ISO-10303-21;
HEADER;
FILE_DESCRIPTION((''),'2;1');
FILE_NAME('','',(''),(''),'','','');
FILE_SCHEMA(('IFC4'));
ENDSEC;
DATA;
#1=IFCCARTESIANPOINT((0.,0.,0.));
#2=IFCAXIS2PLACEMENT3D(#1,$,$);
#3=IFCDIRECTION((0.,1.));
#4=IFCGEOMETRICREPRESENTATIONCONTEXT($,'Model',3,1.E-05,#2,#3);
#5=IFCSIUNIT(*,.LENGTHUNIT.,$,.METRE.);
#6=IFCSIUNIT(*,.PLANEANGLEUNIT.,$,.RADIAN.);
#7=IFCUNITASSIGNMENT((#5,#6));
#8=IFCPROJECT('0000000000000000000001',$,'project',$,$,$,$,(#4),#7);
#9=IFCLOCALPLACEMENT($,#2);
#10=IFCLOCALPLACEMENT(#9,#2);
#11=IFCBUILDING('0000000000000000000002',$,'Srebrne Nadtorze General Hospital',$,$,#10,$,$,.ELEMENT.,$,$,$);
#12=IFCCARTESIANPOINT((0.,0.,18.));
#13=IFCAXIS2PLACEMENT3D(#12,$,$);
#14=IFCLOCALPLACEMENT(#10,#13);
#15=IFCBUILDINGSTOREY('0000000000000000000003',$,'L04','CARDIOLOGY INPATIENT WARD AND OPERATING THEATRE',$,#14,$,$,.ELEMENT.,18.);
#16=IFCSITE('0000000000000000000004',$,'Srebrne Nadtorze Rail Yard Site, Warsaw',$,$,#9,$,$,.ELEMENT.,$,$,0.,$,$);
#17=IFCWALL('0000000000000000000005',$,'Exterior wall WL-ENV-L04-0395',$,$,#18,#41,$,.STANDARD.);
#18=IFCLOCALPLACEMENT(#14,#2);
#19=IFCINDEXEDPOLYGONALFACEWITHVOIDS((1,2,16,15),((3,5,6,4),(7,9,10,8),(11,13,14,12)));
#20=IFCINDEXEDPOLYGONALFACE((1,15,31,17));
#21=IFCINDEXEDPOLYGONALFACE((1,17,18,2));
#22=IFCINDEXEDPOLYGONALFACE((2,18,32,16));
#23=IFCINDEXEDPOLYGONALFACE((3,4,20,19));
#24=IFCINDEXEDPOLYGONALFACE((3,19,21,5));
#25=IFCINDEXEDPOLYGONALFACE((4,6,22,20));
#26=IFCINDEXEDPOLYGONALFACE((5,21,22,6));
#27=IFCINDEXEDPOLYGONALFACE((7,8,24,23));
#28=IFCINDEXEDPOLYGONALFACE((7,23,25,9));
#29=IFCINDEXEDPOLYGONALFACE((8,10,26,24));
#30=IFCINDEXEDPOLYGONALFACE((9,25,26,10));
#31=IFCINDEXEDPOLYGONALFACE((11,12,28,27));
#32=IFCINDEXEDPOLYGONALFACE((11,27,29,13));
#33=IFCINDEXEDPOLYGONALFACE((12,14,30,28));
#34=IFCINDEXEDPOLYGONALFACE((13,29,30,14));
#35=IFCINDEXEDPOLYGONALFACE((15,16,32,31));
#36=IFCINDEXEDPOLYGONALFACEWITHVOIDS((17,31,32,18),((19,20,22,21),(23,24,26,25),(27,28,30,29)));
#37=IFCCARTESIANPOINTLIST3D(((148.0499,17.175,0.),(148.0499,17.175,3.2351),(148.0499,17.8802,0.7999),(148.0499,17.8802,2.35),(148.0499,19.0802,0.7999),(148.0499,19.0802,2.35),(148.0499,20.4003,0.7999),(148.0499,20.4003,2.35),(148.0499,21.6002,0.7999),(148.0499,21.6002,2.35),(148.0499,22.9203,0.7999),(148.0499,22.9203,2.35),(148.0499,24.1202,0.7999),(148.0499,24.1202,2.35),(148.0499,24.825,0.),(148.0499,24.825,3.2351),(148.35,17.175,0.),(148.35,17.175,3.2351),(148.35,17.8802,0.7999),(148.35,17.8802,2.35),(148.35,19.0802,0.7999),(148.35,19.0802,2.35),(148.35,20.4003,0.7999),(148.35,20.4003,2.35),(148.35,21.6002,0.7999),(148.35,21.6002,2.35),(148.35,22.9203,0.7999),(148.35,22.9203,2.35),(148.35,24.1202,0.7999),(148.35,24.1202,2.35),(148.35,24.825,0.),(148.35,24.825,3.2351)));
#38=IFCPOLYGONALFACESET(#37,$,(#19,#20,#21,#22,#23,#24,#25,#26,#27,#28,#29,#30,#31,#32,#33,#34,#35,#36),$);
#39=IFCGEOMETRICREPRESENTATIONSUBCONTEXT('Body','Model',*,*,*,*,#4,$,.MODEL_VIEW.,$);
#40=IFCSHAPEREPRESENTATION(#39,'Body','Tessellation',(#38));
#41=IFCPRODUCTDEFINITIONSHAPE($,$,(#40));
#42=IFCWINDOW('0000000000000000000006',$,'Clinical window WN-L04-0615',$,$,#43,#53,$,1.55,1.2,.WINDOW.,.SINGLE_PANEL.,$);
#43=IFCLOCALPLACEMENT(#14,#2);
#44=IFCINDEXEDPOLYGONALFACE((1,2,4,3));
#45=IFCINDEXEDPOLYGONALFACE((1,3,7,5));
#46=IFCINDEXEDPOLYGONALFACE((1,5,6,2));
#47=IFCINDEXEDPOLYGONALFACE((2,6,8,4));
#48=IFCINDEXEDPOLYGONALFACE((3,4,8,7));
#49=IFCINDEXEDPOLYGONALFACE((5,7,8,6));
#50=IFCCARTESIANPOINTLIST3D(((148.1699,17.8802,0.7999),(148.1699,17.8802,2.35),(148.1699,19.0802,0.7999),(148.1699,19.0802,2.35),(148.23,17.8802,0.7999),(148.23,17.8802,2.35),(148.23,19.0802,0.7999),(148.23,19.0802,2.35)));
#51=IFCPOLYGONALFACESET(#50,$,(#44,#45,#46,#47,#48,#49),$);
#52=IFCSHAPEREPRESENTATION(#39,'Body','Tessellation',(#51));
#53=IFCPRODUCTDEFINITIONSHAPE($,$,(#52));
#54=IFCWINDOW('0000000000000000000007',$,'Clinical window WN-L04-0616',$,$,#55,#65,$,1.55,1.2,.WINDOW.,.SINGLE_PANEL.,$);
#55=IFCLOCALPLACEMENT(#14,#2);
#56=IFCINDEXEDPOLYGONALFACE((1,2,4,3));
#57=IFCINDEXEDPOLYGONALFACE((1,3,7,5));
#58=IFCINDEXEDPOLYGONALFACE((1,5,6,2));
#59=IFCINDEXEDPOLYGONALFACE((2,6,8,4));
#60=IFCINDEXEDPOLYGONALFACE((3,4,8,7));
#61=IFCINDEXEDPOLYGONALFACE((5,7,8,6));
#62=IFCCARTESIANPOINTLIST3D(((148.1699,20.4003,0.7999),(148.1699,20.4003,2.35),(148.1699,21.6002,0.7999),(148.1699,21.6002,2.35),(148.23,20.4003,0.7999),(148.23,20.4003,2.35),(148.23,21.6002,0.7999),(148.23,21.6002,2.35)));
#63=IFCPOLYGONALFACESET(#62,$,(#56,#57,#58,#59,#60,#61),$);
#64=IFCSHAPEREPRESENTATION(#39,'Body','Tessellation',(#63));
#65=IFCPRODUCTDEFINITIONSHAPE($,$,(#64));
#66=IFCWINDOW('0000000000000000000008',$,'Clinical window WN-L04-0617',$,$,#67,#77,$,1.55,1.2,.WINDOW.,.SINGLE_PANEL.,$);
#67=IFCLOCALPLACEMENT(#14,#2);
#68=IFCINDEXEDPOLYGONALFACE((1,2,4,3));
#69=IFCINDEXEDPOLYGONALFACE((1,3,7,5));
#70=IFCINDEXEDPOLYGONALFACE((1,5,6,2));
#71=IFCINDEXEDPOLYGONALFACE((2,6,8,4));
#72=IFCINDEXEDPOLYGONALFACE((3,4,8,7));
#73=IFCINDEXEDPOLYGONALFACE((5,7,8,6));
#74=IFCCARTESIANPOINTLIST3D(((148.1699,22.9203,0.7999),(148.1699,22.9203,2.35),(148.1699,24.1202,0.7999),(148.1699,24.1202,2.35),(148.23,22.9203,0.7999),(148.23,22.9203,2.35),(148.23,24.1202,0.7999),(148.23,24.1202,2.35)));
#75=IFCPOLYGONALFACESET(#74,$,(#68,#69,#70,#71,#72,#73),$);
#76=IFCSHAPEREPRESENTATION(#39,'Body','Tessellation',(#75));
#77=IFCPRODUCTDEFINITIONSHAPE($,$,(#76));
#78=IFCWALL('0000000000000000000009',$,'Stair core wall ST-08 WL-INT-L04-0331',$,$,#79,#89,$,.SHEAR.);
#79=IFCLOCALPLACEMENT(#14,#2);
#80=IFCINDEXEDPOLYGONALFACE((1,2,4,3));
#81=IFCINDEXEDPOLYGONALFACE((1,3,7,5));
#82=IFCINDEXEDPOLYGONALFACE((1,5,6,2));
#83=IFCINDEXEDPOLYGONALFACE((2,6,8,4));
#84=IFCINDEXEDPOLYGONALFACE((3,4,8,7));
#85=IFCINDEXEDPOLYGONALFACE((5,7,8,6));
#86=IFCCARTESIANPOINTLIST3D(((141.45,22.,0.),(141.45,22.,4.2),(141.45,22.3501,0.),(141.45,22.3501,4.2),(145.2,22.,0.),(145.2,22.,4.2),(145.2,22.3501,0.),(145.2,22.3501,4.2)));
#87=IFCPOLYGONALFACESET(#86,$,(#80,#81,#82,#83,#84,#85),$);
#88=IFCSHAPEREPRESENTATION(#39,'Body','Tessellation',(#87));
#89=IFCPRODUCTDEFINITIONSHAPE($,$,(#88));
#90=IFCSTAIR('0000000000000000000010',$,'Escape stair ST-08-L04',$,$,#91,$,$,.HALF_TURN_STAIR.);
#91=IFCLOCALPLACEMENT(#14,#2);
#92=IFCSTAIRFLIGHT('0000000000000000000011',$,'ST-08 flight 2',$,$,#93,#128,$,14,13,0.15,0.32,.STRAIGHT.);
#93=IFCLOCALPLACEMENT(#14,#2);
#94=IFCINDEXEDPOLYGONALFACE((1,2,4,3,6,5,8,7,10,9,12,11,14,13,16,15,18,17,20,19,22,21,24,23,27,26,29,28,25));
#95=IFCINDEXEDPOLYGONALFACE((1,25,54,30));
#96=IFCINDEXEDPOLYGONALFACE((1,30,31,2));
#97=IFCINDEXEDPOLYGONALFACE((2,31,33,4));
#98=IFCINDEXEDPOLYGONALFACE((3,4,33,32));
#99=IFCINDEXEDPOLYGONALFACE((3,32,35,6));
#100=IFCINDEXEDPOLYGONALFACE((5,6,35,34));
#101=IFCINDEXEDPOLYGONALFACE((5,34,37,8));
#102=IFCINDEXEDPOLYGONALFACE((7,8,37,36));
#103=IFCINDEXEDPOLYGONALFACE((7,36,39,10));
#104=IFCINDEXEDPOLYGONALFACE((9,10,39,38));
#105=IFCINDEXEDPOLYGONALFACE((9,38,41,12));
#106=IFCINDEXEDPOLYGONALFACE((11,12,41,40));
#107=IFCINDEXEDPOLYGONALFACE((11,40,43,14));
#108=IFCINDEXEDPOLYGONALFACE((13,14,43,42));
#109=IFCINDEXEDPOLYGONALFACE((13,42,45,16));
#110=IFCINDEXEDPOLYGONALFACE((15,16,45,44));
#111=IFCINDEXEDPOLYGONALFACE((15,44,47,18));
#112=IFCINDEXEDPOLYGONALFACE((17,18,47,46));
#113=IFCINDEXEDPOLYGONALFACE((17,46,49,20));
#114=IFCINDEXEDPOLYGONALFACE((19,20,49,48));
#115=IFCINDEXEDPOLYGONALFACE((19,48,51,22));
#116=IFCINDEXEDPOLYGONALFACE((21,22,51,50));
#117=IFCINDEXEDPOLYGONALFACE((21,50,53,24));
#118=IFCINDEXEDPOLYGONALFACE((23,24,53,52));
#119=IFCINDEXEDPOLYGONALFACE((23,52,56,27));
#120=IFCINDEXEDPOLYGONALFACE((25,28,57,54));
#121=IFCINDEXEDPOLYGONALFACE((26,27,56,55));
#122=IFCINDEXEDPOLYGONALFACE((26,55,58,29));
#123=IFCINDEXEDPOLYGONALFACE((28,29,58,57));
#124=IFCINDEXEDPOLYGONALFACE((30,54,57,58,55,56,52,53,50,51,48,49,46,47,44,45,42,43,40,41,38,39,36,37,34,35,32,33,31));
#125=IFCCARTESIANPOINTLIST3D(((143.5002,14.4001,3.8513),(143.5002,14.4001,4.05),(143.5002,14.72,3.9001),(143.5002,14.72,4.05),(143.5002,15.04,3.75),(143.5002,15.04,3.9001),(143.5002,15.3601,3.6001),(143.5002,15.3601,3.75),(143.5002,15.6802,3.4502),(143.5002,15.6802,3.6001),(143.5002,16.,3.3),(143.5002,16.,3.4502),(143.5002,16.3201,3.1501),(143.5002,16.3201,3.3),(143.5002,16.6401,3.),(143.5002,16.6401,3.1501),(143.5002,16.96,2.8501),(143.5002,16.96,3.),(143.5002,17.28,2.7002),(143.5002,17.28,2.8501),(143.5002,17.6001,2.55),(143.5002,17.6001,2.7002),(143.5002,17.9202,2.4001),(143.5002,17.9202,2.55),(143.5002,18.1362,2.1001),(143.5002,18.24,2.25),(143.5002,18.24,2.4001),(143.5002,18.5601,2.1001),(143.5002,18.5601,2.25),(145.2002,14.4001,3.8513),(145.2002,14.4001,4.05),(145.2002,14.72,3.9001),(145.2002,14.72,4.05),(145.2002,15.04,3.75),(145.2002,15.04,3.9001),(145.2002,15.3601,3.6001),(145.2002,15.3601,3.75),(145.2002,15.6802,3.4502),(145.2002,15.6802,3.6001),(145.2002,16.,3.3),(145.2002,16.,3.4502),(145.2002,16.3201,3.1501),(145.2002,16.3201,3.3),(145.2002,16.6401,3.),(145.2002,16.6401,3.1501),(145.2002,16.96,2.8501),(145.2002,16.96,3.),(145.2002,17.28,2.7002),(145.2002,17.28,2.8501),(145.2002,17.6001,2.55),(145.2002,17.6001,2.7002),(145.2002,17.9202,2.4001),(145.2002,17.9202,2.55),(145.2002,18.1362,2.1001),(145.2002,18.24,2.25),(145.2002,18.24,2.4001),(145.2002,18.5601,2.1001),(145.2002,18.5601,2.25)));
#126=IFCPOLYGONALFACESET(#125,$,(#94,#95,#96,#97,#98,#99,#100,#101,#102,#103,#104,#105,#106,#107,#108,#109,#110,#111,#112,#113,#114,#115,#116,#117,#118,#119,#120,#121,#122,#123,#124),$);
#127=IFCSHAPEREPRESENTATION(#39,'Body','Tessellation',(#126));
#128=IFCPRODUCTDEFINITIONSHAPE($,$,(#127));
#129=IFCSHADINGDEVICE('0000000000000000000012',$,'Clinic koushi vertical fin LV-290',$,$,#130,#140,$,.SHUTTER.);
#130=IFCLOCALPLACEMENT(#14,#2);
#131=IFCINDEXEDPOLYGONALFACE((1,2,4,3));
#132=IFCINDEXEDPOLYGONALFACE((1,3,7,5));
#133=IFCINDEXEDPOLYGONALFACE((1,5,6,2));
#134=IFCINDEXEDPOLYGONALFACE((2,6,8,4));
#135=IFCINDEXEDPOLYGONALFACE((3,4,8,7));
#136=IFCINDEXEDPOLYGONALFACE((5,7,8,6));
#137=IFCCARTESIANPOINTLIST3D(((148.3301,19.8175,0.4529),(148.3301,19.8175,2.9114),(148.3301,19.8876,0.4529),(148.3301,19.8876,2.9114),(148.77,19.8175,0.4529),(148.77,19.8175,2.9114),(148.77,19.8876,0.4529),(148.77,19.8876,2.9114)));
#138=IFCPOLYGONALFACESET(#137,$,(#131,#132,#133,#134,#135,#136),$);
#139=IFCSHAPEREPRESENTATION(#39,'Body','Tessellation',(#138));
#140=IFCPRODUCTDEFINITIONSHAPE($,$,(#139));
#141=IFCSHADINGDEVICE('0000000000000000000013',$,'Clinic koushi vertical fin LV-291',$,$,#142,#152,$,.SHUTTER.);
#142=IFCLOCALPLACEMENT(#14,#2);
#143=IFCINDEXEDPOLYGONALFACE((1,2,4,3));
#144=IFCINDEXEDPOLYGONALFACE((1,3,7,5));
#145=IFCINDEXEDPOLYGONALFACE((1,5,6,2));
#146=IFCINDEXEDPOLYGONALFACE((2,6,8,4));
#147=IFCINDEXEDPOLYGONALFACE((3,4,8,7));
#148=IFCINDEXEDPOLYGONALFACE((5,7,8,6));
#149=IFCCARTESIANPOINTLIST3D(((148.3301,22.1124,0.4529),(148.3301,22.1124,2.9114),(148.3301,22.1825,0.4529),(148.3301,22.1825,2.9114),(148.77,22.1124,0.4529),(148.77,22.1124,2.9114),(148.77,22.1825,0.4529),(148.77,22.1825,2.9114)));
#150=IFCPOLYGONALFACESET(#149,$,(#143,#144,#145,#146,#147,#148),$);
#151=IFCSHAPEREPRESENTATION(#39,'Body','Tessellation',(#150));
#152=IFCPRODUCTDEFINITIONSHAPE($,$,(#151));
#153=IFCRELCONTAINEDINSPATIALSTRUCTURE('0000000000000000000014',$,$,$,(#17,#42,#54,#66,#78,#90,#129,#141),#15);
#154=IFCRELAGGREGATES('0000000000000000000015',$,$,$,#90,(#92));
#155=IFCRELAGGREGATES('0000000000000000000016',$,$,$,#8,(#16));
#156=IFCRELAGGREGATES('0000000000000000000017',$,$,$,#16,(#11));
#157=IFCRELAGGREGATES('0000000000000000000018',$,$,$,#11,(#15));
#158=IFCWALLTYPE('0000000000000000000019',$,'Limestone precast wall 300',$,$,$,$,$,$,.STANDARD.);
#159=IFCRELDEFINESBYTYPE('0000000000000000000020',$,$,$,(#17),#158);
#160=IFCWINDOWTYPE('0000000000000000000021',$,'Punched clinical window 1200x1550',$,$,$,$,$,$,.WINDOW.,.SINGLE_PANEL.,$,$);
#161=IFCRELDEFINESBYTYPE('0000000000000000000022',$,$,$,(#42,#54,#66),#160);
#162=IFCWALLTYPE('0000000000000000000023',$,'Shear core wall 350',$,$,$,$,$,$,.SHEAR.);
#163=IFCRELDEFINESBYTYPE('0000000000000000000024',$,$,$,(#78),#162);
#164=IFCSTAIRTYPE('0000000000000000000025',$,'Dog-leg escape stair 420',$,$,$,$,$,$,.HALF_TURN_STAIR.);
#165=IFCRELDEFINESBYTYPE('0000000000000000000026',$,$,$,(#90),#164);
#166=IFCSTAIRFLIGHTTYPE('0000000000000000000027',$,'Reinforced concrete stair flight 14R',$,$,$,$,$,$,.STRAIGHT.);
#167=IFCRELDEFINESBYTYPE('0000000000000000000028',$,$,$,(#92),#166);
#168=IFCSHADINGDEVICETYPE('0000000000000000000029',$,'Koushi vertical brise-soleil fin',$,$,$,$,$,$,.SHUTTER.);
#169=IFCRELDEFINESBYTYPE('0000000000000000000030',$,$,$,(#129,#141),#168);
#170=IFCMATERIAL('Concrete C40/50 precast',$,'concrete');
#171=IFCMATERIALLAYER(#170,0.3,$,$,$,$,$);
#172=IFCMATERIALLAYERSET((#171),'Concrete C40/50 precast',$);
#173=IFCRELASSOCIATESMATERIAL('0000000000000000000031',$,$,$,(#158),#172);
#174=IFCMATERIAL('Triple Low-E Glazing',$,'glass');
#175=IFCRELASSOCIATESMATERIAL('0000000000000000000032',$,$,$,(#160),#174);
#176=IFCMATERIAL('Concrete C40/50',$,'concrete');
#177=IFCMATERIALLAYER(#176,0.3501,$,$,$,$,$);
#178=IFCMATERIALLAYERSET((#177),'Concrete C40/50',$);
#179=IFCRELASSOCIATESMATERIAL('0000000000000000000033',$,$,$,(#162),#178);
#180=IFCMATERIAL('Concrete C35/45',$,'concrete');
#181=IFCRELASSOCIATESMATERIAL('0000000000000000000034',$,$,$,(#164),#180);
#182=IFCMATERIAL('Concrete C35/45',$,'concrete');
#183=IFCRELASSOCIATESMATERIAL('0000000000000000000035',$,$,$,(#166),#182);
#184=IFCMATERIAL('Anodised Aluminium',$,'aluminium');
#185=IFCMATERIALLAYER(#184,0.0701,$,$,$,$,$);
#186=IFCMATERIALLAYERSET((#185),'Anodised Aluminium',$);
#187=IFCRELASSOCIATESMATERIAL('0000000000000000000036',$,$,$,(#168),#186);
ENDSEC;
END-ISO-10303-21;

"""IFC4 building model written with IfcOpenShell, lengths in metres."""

from ifc_helpers import new_model, si_unit, direction, frame, frame_2d, origin, origin_2d, place, context, subcontext, project, spatial, polyline, rectangle, outline, extrude, material, layer, layer_set, type_object, element, fill, aggregate, save


model = new_model("IFC4")

# Units and contexts
model_context = context("Model", 3, precision=1e-05, world=origin(), true_north=direction((0.0, 1.0)))
body_context = subcontext(model_context, "Body", "Model", "MODEL_VIEW")
ifc_project = project(units=[si_unit("LENGTHUNIT", "METRE"), si_unit("PLANEANGLEUNIT", "RADIAN")], contexts=[model_context])

# Site, building, storey
site_placement = place(None, origin())
site = spatial("IfcSite", under=ifc_project, at=site_placement, Name="Srebrne Nadtorze Rail Yard Site, Warsaw", CompositionType="ELEMENT", RefElevation=0.0)
building_placement = place(site_placement, origin())
building = spatial("IfcBuilding", under=site, at=building_placement, Name="Srebrne Nadtorze General Hospital", CompositionType="ELEMENT")
storey_placement = place(building_placement, frame((0.0, 0.0, 18.0)))
storey = spatial("IfcBuildingStorey", under=building, at=storey_placement, Name="L04", Description="CARDIOLOGY INPATIENT WARD AND OPERATING THEATRE", CompositionType="ELEMENT", Elevation=18.0)

# Wall, openings, windows
ifc_material_1 = material(Name="Concrete C40/50 precast", Category="concrete")
ifc_layer_1 = layer(ifc_material_1, 0.3)
ifc_layer_set_1 = layer_set([ifc_layer_1], Name="Concrete C40/50 precast")
wall_type_1 = type_object("IfcWallType", Name="Limestone precast wall 300", PredefinedType="STANDARD", material=ifc_layer_set_1)
wall_1_placement = place(storey_placement, frame((148.2, 17.175, 0.0), z_axis=(0.0, 0.0, 1.0), x_axis=(0.0, 1.0, 0.0)))
wall_1 = element("IfcWall", 1, at=wall_1_placement, inside=storey, type_object=wall_type_1, Name="Exterior wall WL-ENV-L04-0395", PredefinedType="STANDARD", context=body_context, shape_type="SweptSolid", body=[
    extrude(rectangle(XDim=7.6499, YDim=0.3, at=frame_2d((3.825, 0.0))), origin(), (0.0, 0.0, 1.0), 3.2351),
])
opening_1_placement = place(wall_1_placement, frame((0.7051, 0.0, 0.8)))
opening_1 = element("IfcOpeningElement", 2, at=opening_1_placement, cuts=wall_1, PredefinedType="OPENING", context=body_context, shape_type="SweptSolid", body=[
    extrude(rectangle(XDim=1.2, YDim=1.55, at=frame_2d((0.6001, 0.7749))), frame((0.0, 0.1621, 0.0), z_axis=(0.0, -1.0, 0.0), x_axis=(1.0, 0.0, 0.0)), (0.0, 0.0, 1.0), 0.324),
])
opening_2_placement = place(wall_1_placement, frame((3.2251, 0.0, 0.8)))
opening_2 = element("IfcOpeningElement", 3, at=opening_2_placement, cuts=wall_1, PredefinedType="OPENING", context=body_context, shape_type="SweptSolid", body=[
    extrude(rectangle(XDim=1.2, YDim=1.55, at=frame_2d((0.6001, 0.7749))), frame((0.0, 0.1621, 0.0), z_axis=(0.0, -1.0, 0.0), x_axis=(1.0, 0.0, 0.0)), (0.0, 0.0, 1.0), 0.324),
])
opening_3_placement = place(wall_1_placement, frame((5.7451, 0.0, 0.8)))
opening_3 = element("IfcOpeningElement", 4, at=opening_3_placement, cuts=wall_1, PredefinedType="OPENING", context=body_context, shape_type="SweptSolid", body=[
    extrude(rectangle(XDim=1.2, YDim=1.55, at=frame_2d((0.6001, 0.7749))), frame((0.0, 0.1621, 0.0), z_axis=(0.0, -1.0, 0.0), x_axis=(1.0, 0.0, 0.0)), (0.0, 0.0, 1.0), 0.324),
])
ifc_material_2 = material(Name="Triple Low-E Glazing", Category="glass")
window_type = type_object("IfcWindowType", Name="Punched clinical window 1200x1550", PartitioningType="SINGLE_PANEL", PredefinedType="WINDOW", material=ifc_material_2)
window_1_placement = place(opening_1_placement, origin())
window_1 = element("IfcWindow", 5, at=window_1_placement, inside=storey, type_object=window_type, Name="Clinical window WN-L04-0615", OverallHeight=1.55, OverallWidth=1.2, PartitioningType="SINGLE_PANEL", PredefinedType="WINDOW", context=body_context, shape_type="SweptSolid", body=[
    extrude(rectangle(XDim=1.2, YDim=1.55, at=frame_2d((0.6001, 0.7749))), frame((0.0, 0.03, 0.0), z_axis=(0.0, -1.0, 0.0), x_axis=(1.0, 0.0, 0.0)), (0.0, 0.0, 1.0), 0.0601),
])
fill(opening_1, window_1)
window_2_placement = place(opening_2_placement, origin())
window_2 = element("IfcWindow", 6, at=window_2_placement, inside=storey, type_object=window_type, Name="Clinical window WN-L04-0616", OverallHeight=1.55, OverallWidth=1.2, PartitioningType="SINGLE_PANEL", PredefinedType="WINDOW", context=body_context, shape_type="SweptSolid", body=[
    extrude(rectangle(XDim=1.2, YDim=1.55, at=frame_2d((0.6001, 0.7749))), frame((0.0, 0.03, 0.0), z_axis=(0.0, -1.0, 0.0), x_axis=(1.0, 0.0, 0.0)), (0.0, 0.0, 1.0), 0.0601),
])
fill(opening_2, window_2)
window_3_placement = place(opening_3_placement, origin())
window_3 = element("IfcWindow", 7, at=window_3_placement, inside=storey, type_object=window_type, Name="Clinical window WN-L04-0617", OverallHeight=1.55, OverallWidth=1.2, PartitioningType="SINGLE_PANEL", PredefinedType="WINDOW", context=body_context, shape_type="SweptSolid", body=[
    extrude(rectangle(XDim=1.2, YDim=1.55, at=frame_2d((0.6001, 0.7749))), frame((0.0, 0.03, 0.0), z_axis=(0.0, -1.0, 0.0), x_axis=(1.0, 0.0, 0.0)), (0.0, 0.0, 1.0), 0.0601),
])
fill(opening_3, window_3)

# Wall
ifc_material_3 = material(Name="Concrete C40/50", Category="concrete")
ifc_layer_2 = layer(ifc_material_3, 0.3501)
ifc_layer_set_2 = layer_set([ifc_layer_2], Name="Concrete C40/50")
wall_type_2 = type_object("IfcWallType", Name="Shear core wall 350", PredefinedType="SHEAR", material=ifc_layer_set_2)
wall_2_placement = place(storey_placement, frame((141.45, 22.175, 0.0), z_axis=(0.0, 0.0, 1.0), x_axis=(1.0, 0.0, 0.0)))
element("IfcWall", 8, at=wall_2_placement, inside=storey, type_object=wall_type_2, Name="Stair core wall ST-08 WL-INT-L04-0331", PredefinedType="SHEAR", context=body_context, shape_type="SweptSolid", body=[
    extrude(rectangle(XDim=3.75, YDim=0.3501, at=frame_2d((1.875, 0.0))), origin(), (0.0, 0.0, 1.0), 4.2),
])

# Stair, stair flight
ifc_material_4 = material(Name="Concrete C35/45", Category="concrete")
stair_type = type_object("IfcStairType", Name="Dog-leg escape stair 420", PredefinedType="HALF_TURN_STAIR", material=ifc_material_4)
stair_placement = place(storey_placement, origin())
stair = element("IfcStair", 9, at=stair_placement, inside=storey, type_object=stair_type, Name="Escape stair ST-08-L04", PredefinedType="HALF_TURN_STAIR")
ifc_material_5 = material(Name="Concrete C35/45", Category="concrete")
stair_flight_type = type_object("IfcStairFlightType", Name="Reinforced concrete stair flight 14R", PredefinedType="STRAIGHT", material=ifc_material_5)
stair_flight_placement = place(storey_placement, frame((144.3501, 18.5601, 2.1001), z_axis=(0.0, 0.0, 1.0), x_axis=(0.0, -1.0, 0.0)))
stair_flight = element("IfcStairFlight", 10, at=stair_flight_placement, type_object=stair_flight_type, Name="ST-08 flight 2", NumberOfRisers=14, NumberOfTreads=13, PredefinedType="STRAIGHT", RiserHeight=0.15, TreadLength=0.32, context=body_context, shape_type="SweptSolid", body=[
    extrude(outline(polyline([(0.0, 0.0), (0.0, 0.1499), (0.3201, 0.1499), (0.3201, 0.3), (0.6399, 0.3), (0.6399, 0.45), (0.96, 0.45), (0.96, 0.6001), (1.28, 0.6001), (1.28, 0.75), (1.6001, 0.75), (1.6001, 0.8999), (1.9199, 0.8999), (1.9199, 1.05), (2.24, 1.05), (2.24, 1.2), (2.5601, 1.2), (2.5601, 1.3501), (2.8799, 1.3501), (2.8799, 1.5), (3.2, 1.5), (3.2, 1.6499), (3.52, 1.6499), (3.52, 1.8), (3.8401, 1.8), (3.8401, 1.95), (4.1599, 1.95), (4.1599, 2.1001), (4.1599, 1.7512), (0.4238, 0.0), (0.0, 0.0)])), frame((0.0, 0.8501, 0.0), z_axis=(0.0, -1.0, 0.0), x_axis=(1.0, 0.0, 0.0)), (0.0, 0.0, 1.0), 1.7),
])
aggregate(stair, [stair_flight])

# Shading devices
ifc_material_6 = material(Name="Anodised Aluminium", Category="aluminium")
ifc_layer_3 = layer(ifc_material_6, 0.0701)
ifc_layer_set_3 = layer_set([ifc_layer_3], Name="Anodised Aluminium")
shading_device_type = type_object("IfcShadingDeviceType", Name="Koushi vertical brise-soleil fin", PredefinedType="SHUTTER", material=ifc_layer_set_3)
for number, where, z_axis, x_axis, name in (
    (11, (148.55, 19.8525, 0.4529), (0.0, 0.0, 1.0), (1.0, 0.0, 0.0), "Clinic koushi vertical fin LV-290"),
    (12, (148.55, 22.1475, 0.4529), (0.0, 0.0, 1.0), (1.0, 0.0, 0.0), "Clinic koushi vertical fin LV-291"),
):
    element("IfcShadingDevice", number, at=place(storey_placement, frame(where, z_axis=z_axis, x_axis=x_axis)), inside=storey, type_object=shading_device_type, Name=name, PredefinedType="SHUTTER", context=body_context, shape_type="SweptSolid", body=[
        extrude(rectangle(XDim=0.4399, YDim=0.0701, at=origin_2d()), origin(), (0.0, 0.0, 1.0), 2.4585),
    ])

save(model, "model.ifc")
